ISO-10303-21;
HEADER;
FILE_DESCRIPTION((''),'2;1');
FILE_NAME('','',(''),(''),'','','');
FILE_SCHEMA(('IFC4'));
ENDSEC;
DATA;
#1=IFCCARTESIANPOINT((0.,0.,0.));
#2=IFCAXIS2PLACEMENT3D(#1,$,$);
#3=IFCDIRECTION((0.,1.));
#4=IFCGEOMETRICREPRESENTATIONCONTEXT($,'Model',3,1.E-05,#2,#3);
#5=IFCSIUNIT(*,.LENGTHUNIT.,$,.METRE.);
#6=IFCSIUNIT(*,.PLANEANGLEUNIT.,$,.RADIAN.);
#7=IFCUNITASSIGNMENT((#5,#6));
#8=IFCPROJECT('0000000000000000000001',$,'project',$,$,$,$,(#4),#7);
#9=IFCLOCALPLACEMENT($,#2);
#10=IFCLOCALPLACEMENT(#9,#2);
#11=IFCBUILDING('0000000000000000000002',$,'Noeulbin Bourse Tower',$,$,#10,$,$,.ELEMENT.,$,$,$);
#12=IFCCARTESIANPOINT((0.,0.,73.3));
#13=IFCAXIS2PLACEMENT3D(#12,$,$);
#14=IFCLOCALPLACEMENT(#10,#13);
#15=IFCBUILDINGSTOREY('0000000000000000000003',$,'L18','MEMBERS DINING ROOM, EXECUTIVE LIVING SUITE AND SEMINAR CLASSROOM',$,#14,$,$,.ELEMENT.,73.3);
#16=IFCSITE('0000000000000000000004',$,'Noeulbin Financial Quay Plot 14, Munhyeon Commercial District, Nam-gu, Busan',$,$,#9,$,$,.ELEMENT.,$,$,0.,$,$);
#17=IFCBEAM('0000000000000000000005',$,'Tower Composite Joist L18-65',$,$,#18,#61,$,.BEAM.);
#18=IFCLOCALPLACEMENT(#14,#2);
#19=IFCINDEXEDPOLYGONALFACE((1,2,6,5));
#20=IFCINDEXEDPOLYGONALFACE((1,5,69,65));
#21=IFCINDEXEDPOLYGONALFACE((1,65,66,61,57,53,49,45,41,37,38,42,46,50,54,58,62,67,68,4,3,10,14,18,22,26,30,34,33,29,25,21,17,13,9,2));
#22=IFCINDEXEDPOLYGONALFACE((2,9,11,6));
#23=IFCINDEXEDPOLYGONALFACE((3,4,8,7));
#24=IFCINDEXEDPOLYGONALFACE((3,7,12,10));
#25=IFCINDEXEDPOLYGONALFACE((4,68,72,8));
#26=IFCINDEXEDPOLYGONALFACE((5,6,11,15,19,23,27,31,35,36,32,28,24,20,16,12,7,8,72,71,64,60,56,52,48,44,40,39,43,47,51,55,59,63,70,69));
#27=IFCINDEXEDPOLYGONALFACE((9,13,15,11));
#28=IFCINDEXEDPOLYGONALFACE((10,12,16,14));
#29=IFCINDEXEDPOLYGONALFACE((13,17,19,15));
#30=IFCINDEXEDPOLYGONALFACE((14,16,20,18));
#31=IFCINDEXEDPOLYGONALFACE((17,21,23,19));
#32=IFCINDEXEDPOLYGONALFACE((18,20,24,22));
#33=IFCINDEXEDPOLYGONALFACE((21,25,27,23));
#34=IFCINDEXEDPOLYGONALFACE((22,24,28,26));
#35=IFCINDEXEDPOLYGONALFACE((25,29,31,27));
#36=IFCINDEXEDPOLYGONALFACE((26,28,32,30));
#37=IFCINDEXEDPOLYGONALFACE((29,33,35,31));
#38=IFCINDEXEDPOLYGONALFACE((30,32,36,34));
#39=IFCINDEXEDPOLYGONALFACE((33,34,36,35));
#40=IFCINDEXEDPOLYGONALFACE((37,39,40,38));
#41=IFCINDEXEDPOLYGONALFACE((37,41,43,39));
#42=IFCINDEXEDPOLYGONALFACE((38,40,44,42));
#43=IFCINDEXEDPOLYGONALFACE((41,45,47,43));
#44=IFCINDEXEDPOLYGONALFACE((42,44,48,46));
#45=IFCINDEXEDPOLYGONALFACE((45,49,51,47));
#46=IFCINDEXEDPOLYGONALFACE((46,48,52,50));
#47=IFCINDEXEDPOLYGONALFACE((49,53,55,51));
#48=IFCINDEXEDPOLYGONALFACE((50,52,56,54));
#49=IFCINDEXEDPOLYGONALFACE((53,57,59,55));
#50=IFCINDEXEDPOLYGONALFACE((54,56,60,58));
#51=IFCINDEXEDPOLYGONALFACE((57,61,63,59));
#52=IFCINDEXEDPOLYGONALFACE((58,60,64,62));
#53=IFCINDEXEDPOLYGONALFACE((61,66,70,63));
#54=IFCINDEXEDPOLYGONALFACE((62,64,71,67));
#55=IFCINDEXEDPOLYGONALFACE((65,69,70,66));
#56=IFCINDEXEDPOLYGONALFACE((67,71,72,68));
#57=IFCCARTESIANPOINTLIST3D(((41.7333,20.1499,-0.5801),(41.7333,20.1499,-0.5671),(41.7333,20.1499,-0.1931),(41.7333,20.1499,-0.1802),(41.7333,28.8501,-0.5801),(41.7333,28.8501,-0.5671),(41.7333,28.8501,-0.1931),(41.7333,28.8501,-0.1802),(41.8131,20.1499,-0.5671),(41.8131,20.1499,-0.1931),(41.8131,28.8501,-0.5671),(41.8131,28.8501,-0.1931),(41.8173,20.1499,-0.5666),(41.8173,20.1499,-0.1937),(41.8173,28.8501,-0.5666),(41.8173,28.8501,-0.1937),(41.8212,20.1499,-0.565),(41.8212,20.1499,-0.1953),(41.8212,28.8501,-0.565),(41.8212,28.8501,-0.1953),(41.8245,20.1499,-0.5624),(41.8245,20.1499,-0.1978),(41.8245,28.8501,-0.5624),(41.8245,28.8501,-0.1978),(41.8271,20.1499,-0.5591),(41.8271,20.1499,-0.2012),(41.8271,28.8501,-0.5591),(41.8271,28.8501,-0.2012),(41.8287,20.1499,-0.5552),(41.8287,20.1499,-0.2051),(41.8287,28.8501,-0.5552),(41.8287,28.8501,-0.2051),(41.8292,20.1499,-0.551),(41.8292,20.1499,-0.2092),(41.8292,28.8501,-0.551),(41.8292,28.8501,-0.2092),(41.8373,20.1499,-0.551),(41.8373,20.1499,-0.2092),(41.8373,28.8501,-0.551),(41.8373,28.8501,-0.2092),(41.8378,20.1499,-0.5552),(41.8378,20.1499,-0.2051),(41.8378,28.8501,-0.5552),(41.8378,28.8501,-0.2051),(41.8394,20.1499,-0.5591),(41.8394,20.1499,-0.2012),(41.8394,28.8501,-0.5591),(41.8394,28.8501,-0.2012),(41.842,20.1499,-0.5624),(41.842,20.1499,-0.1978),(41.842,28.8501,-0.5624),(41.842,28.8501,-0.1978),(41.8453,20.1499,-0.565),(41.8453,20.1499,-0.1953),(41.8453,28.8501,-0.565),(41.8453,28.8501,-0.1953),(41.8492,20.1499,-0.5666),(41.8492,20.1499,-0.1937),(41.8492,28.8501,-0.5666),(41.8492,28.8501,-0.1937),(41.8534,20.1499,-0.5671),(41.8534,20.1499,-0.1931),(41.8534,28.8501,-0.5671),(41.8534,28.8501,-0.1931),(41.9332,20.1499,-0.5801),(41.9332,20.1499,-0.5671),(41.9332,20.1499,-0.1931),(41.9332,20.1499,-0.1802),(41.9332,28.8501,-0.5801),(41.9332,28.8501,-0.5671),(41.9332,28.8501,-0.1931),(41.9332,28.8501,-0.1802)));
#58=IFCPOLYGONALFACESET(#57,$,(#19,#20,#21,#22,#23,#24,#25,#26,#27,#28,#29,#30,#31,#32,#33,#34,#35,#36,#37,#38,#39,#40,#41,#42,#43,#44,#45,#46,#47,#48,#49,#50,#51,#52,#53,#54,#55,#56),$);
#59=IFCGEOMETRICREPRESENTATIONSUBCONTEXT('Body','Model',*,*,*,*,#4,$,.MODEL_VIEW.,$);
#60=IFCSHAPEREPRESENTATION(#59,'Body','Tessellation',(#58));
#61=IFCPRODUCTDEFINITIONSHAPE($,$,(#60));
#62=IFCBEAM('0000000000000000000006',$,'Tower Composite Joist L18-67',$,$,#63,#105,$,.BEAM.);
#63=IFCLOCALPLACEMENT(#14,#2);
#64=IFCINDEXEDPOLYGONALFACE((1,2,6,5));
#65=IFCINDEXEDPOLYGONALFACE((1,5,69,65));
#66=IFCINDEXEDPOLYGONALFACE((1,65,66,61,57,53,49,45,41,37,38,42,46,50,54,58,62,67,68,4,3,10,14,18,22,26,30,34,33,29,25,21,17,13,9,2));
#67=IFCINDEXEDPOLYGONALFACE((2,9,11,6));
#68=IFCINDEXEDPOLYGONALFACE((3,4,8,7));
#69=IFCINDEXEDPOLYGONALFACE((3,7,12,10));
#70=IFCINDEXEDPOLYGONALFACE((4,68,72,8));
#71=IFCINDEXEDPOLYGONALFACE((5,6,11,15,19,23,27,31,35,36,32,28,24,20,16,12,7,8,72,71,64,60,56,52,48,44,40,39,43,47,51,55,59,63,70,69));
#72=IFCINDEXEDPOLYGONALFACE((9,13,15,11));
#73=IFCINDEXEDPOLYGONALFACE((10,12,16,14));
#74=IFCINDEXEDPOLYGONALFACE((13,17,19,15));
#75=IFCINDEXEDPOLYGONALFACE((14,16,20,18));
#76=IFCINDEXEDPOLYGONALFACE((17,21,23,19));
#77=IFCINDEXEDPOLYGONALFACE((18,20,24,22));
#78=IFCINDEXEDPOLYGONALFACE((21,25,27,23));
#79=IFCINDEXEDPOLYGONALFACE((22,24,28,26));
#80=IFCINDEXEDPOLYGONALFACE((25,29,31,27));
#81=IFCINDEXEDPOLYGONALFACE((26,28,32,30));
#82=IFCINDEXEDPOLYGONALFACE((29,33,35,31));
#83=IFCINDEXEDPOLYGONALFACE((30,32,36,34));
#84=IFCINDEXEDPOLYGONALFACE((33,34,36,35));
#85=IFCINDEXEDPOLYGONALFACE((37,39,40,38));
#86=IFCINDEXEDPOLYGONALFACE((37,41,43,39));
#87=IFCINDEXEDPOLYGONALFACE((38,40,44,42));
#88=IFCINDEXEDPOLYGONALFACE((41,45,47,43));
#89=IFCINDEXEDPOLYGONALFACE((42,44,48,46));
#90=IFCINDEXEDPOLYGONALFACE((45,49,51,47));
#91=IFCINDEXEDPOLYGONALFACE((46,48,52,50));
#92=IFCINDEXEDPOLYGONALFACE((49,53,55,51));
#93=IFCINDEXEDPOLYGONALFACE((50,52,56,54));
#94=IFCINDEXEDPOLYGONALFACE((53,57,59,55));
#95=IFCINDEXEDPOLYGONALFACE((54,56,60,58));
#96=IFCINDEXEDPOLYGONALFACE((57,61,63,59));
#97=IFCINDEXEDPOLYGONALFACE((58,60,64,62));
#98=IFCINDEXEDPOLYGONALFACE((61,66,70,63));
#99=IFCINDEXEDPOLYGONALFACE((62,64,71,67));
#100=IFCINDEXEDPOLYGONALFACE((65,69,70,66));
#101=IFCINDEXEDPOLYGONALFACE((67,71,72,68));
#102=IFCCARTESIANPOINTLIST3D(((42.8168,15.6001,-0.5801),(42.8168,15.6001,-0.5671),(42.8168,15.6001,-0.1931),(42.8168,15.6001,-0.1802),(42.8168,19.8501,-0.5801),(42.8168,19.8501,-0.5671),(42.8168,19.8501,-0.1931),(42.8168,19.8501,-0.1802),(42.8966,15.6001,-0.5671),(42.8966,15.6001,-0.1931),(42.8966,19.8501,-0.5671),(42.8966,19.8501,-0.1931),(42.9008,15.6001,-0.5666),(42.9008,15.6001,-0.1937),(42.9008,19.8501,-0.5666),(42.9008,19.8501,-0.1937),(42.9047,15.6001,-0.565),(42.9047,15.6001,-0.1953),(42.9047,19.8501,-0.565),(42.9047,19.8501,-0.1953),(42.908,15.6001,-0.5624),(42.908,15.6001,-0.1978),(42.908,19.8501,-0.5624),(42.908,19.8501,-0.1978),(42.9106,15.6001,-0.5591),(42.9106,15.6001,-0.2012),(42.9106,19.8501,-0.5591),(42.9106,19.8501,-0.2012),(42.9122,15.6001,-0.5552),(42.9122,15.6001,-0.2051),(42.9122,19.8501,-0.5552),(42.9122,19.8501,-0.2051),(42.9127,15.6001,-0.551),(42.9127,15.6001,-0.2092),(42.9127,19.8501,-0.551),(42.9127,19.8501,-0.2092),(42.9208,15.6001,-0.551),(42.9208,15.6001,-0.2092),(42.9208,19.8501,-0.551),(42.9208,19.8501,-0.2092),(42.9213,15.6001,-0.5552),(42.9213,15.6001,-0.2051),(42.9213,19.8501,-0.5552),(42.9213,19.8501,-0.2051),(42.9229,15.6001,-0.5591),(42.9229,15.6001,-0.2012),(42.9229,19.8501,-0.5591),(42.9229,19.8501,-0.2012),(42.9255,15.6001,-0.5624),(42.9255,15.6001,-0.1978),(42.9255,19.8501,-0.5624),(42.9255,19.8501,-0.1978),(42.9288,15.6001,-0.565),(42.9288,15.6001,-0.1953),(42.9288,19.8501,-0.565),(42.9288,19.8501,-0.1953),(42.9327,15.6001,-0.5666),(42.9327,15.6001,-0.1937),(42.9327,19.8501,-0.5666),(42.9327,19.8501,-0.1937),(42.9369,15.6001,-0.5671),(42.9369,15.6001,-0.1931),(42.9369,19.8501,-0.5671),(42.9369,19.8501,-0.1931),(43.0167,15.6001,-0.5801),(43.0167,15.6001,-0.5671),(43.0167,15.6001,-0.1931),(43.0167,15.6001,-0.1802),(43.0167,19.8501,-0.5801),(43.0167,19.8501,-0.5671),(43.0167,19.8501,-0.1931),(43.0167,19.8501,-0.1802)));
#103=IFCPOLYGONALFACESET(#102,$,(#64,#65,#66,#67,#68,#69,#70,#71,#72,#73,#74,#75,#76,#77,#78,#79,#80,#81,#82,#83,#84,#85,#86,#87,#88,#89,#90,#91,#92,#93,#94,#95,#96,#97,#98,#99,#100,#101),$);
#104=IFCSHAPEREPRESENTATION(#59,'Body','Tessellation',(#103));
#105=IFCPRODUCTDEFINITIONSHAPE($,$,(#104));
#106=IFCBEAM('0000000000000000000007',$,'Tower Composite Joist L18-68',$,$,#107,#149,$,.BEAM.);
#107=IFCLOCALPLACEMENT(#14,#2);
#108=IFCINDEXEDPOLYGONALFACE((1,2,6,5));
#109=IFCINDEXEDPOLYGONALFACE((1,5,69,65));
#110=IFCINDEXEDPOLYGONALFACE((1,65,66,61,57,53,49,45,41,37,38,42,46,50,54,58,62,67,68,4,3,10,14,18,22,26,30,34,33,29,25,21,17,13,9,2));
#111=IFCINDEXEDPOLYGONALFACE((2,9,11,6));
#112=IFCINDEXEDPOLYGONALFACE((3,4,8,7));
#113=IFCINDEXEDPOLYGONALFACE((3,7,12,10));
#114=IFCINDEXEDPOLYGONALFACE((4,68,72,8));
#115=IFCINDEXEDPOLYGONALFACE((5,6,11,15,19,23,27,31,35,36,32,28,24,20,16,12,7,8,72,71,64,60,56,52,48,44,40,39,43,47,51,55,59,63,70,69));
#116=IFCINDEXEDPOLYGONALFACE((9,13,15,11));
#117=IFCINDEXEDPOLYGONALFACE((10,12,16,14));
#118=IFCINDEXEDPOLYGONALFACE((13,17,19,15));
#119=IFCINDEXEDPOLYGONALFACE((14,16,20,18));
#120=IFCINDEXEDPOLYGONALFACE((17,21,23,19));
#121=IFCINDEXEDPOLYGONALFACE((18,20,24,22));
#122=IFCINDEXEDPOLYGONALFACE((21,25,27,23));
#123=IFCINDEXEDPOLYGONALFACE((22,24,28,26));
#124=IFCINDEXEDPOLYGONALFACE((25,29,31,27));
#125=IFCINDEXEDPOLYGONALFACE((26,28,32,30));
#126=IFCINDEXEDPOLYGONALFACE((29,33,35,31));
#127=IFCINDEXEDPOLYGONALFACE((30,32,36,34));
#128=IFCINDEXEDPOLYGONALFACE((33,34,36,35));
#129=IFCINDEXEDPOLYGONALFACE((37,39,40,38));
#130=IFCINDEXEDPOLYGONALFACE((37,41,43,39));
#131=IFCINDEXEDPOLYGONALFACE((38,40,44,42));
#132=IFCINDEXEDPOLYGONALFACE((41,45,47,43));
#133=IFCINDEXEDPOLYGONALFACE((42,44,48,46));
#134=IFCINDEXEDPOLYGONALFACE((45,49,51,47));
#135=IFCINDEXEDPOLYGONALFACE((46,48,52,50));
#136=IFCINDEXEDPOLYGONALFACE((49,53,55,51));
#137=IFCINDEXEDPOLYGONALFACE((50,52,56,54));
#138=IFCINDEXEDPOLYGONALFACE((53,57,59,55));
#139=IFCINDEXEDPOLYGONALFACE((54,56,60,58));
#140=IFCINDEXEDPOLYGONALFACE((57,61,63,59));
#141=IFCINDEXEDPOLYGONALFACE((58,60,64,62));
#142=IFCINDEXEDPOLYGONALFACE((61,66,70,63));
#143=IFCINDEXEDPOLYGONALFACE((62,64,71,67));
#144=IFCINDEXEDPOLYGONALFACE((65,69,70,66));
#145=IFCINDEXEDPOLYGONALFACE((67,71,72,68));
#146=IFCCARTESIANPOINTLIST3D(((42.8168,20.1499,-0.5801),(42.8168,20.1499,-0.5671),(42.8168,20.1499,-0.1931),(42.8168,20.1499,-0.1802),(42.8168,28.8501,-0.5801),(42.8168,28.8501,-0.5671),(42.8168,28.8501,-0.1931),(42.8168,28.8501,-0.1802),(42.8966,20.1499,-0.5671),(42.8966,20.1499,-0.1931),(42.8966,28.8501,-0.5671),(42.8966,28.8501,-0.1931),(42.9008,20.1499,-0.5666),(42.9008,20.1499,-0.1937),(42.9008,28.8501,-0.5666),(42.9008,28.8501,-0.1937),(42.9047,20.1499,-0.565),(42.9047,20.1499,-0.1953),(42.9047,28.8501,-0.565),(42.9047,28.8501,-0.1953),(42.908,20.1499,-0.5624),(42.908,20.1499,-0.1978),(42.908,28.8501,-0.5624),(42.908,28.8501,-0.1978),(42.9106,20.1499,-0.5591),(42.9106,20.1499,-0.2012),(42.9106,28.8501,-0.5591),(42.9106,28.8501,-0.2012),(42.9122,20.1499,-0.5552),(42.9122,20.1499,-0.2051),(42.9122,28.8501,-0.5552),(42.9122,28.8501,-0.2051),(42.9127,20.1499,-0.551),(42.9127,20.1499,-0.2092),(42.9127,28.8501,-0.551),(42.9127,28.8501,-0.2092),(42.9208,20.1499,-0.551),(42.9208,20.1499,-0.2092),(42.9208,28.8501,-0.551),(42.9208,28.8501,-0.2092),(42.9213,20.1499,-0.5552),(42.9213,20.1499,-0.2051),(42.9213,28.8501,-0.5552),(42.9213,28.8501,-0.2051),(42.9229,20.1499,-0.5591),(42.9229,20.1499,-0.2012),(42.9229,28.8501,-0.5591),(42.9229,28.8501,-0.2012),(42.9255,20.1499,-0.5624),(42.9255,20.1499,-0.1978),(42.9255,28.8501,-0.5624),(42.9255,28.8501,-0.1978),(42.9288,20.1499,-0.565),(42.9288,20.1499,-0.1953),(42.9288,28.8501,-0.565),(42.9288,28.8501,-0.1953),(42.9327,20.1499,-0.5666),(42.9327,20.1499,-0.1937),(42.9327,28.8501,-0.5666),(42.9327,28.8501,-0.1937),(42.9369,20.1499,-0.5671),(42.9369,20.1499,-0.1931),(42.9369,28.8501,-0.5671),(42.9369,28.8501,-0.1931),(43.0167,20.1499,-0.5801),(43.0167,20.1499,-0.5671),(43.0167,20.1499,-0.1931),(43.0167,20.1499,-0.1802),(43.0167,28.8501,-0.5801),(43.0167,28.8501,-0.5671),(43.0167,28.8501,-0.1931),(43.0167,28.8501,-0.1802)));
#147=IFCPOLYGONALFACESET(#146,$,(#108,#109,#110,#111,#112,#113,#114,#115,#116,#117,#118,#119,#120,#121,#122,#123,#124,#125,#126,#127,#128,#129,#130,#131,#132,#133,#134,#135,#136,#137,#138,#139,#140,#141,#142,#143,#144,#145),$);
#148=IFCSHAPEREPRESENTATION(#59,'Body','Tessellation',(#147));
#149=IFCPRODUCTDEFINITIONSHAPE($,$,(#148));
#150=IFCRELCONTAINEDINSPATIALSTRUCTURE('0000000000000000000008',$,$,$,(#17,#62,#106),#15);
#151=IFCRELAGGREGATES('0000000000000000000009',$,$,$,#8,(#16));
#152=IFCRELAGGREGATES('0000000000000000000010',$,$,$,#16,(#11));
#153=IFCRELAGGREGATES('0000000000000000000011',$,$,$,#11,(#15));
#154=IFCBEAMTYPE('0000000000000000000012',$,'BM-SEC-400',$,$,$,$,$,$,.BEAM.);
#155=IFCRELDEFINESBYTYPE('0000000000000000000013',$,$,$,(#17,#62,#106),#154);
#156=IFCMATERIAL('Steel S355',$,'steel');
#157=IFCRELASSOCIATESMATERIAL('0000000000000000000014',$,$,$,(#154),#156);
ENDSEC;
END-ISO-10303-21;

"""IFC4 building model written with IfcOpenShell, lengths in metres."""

from ifc_helpers import new_model, si_unit, direction, frame, origin, origin_2d, place, context, subcontext, project, spatial, i_section, extrude, material, material_profile, profile_set, type_object, element, save


model = new_model("IFC4")

# Units and contexts
model_context = context("Model", 3, precision=1e-05, world=origin(), true_north=direction((0.0, 1.0)))
body_context = subcontext(model_context, "Body", "Model", "MODEL_VIEW")
ifc_project = project(units=[si_unit("LENGTHUNIT", "METRE"), si_unit("PLANEANGLEUNIT", "RADIAN")], contexts=[model_context])

# Site, building, storey
site_placement = place(None, origin())
site = spatial("IfcSite", under=ifc_project, at=site_placement, Name="Noeulbin Financial Quay Plot 14, Munhyeon Commercial District, Nam-gu, Busan", CompositionType="ELEMENT", RefElevation=0.0)
building_placement = place(site_placement, origin())
building = spatial("IfcBuilding", under=site, at=building_placement, Name="Noeulbin Bourse Tower", CompositionType="ELEMENT")
storey_placement = place(building_placement, frame((0.0, 0.0, 73.3)))
storey = spatial("IfcBuildingStorey", under=building, at=storey_placement, Name="L18", Description="MEMBERS DINING ROOM, EXECUTIVE LIVING SUITE AND SEMINAR CLASSROOM", CompositionType="ELEMENT", Elevation=73.3)

# Beams
ifc_material_1 = material(Name="Steel S355", Category="steel")
ifc_material_profile_1 = material_profile(ifc_material_1, i_section(OverallWidth=0.2, OverallDepth=0.3999, WebThickness=0.0081, FlangeThickness=0.0129, FilletRadius=0.0161, at=origin_2d()), Name="H-400x200x8x13", Category="LoadBearing")
ifc_profile_set_1 = profile_set([ifc_material_profile_1], Name="Steel S355")
beam_type_1 = type_object("IfcBeamType", Name="BM-SEC-400", PredefinedType="BEAM", material=ifc_profile_set_1)
beam_1_placement = place(storey_placement, frame((41.8333, 20.1499, -0.3801), z_axis=(0.0, 1.0, 0.0), x_axis=(-1.0, 0.0, 0.0)))
element("IfcBeam", 1, at=beam_1_placement, inside=storey, type_object=beam_type_1, Name="Tower Composite Joist L18-65", PredefinedType="BEAM", context=body_context, shape_type="SweptSolid", body=[
    extrude(i_section(OverallWidth=0.2, OverallDepth=0.3999, WebThickness=0.0081, FlangeThickness=0.0129, FilletRadius=0.0161, at=origin_2d()), origin(), (0.0, 0.0, 1.0), 8.7002),
])
beam_2_placement = place(storey_placement, frame((42.9167, 15.6001, -0.3801), z_axis=(0.0, 1.0, 0.0), x_axis=(-1.0, 0.0, 0.0)))
element("IfcBeam", 2, at=beam_2_placement, inside=storey, type_object=beam_type_1, Name="Tower Composite Joist L18-67", PredefinedType="BEAM", context=body_context, shape_type="SweptSolid", body=[
    extrude(i_section(OverallWidth=0.2, OverallDepth=0.3999, WebThickness=0.0081, FlangeThickness=0.0129, FilletRadius=0.0161, at=origin_2d()), origin(), (0.0, 0.0, 1.0), 4.25),
])
beam_3_placement = place(storey_placement, frame((42.9167, 20.1499, -0.3801), z_axis=(0.0, 1.0, 0.0), x_axis=(-1.0, 0.0, 0.0)))
element("IfcBeam", 3, at=beam_3_placement, inside=storey, type_object=beam_type_1, Name="Tower Composite Joist L18-68", PredefinedType="BEAM", context=body_context, shape_type="SweptSolid", body=[
    extrude(i_section(OverallWidth=0.2, OverallDepth=0.3999, WebThickness=0.0081, FlangeThickness=0.0129, FilletRadius=0.0161, at=origin_2d()), origin(), (0.0, 0.0, 1.0), 8.7002),
])

save(model, "model.ifc")
